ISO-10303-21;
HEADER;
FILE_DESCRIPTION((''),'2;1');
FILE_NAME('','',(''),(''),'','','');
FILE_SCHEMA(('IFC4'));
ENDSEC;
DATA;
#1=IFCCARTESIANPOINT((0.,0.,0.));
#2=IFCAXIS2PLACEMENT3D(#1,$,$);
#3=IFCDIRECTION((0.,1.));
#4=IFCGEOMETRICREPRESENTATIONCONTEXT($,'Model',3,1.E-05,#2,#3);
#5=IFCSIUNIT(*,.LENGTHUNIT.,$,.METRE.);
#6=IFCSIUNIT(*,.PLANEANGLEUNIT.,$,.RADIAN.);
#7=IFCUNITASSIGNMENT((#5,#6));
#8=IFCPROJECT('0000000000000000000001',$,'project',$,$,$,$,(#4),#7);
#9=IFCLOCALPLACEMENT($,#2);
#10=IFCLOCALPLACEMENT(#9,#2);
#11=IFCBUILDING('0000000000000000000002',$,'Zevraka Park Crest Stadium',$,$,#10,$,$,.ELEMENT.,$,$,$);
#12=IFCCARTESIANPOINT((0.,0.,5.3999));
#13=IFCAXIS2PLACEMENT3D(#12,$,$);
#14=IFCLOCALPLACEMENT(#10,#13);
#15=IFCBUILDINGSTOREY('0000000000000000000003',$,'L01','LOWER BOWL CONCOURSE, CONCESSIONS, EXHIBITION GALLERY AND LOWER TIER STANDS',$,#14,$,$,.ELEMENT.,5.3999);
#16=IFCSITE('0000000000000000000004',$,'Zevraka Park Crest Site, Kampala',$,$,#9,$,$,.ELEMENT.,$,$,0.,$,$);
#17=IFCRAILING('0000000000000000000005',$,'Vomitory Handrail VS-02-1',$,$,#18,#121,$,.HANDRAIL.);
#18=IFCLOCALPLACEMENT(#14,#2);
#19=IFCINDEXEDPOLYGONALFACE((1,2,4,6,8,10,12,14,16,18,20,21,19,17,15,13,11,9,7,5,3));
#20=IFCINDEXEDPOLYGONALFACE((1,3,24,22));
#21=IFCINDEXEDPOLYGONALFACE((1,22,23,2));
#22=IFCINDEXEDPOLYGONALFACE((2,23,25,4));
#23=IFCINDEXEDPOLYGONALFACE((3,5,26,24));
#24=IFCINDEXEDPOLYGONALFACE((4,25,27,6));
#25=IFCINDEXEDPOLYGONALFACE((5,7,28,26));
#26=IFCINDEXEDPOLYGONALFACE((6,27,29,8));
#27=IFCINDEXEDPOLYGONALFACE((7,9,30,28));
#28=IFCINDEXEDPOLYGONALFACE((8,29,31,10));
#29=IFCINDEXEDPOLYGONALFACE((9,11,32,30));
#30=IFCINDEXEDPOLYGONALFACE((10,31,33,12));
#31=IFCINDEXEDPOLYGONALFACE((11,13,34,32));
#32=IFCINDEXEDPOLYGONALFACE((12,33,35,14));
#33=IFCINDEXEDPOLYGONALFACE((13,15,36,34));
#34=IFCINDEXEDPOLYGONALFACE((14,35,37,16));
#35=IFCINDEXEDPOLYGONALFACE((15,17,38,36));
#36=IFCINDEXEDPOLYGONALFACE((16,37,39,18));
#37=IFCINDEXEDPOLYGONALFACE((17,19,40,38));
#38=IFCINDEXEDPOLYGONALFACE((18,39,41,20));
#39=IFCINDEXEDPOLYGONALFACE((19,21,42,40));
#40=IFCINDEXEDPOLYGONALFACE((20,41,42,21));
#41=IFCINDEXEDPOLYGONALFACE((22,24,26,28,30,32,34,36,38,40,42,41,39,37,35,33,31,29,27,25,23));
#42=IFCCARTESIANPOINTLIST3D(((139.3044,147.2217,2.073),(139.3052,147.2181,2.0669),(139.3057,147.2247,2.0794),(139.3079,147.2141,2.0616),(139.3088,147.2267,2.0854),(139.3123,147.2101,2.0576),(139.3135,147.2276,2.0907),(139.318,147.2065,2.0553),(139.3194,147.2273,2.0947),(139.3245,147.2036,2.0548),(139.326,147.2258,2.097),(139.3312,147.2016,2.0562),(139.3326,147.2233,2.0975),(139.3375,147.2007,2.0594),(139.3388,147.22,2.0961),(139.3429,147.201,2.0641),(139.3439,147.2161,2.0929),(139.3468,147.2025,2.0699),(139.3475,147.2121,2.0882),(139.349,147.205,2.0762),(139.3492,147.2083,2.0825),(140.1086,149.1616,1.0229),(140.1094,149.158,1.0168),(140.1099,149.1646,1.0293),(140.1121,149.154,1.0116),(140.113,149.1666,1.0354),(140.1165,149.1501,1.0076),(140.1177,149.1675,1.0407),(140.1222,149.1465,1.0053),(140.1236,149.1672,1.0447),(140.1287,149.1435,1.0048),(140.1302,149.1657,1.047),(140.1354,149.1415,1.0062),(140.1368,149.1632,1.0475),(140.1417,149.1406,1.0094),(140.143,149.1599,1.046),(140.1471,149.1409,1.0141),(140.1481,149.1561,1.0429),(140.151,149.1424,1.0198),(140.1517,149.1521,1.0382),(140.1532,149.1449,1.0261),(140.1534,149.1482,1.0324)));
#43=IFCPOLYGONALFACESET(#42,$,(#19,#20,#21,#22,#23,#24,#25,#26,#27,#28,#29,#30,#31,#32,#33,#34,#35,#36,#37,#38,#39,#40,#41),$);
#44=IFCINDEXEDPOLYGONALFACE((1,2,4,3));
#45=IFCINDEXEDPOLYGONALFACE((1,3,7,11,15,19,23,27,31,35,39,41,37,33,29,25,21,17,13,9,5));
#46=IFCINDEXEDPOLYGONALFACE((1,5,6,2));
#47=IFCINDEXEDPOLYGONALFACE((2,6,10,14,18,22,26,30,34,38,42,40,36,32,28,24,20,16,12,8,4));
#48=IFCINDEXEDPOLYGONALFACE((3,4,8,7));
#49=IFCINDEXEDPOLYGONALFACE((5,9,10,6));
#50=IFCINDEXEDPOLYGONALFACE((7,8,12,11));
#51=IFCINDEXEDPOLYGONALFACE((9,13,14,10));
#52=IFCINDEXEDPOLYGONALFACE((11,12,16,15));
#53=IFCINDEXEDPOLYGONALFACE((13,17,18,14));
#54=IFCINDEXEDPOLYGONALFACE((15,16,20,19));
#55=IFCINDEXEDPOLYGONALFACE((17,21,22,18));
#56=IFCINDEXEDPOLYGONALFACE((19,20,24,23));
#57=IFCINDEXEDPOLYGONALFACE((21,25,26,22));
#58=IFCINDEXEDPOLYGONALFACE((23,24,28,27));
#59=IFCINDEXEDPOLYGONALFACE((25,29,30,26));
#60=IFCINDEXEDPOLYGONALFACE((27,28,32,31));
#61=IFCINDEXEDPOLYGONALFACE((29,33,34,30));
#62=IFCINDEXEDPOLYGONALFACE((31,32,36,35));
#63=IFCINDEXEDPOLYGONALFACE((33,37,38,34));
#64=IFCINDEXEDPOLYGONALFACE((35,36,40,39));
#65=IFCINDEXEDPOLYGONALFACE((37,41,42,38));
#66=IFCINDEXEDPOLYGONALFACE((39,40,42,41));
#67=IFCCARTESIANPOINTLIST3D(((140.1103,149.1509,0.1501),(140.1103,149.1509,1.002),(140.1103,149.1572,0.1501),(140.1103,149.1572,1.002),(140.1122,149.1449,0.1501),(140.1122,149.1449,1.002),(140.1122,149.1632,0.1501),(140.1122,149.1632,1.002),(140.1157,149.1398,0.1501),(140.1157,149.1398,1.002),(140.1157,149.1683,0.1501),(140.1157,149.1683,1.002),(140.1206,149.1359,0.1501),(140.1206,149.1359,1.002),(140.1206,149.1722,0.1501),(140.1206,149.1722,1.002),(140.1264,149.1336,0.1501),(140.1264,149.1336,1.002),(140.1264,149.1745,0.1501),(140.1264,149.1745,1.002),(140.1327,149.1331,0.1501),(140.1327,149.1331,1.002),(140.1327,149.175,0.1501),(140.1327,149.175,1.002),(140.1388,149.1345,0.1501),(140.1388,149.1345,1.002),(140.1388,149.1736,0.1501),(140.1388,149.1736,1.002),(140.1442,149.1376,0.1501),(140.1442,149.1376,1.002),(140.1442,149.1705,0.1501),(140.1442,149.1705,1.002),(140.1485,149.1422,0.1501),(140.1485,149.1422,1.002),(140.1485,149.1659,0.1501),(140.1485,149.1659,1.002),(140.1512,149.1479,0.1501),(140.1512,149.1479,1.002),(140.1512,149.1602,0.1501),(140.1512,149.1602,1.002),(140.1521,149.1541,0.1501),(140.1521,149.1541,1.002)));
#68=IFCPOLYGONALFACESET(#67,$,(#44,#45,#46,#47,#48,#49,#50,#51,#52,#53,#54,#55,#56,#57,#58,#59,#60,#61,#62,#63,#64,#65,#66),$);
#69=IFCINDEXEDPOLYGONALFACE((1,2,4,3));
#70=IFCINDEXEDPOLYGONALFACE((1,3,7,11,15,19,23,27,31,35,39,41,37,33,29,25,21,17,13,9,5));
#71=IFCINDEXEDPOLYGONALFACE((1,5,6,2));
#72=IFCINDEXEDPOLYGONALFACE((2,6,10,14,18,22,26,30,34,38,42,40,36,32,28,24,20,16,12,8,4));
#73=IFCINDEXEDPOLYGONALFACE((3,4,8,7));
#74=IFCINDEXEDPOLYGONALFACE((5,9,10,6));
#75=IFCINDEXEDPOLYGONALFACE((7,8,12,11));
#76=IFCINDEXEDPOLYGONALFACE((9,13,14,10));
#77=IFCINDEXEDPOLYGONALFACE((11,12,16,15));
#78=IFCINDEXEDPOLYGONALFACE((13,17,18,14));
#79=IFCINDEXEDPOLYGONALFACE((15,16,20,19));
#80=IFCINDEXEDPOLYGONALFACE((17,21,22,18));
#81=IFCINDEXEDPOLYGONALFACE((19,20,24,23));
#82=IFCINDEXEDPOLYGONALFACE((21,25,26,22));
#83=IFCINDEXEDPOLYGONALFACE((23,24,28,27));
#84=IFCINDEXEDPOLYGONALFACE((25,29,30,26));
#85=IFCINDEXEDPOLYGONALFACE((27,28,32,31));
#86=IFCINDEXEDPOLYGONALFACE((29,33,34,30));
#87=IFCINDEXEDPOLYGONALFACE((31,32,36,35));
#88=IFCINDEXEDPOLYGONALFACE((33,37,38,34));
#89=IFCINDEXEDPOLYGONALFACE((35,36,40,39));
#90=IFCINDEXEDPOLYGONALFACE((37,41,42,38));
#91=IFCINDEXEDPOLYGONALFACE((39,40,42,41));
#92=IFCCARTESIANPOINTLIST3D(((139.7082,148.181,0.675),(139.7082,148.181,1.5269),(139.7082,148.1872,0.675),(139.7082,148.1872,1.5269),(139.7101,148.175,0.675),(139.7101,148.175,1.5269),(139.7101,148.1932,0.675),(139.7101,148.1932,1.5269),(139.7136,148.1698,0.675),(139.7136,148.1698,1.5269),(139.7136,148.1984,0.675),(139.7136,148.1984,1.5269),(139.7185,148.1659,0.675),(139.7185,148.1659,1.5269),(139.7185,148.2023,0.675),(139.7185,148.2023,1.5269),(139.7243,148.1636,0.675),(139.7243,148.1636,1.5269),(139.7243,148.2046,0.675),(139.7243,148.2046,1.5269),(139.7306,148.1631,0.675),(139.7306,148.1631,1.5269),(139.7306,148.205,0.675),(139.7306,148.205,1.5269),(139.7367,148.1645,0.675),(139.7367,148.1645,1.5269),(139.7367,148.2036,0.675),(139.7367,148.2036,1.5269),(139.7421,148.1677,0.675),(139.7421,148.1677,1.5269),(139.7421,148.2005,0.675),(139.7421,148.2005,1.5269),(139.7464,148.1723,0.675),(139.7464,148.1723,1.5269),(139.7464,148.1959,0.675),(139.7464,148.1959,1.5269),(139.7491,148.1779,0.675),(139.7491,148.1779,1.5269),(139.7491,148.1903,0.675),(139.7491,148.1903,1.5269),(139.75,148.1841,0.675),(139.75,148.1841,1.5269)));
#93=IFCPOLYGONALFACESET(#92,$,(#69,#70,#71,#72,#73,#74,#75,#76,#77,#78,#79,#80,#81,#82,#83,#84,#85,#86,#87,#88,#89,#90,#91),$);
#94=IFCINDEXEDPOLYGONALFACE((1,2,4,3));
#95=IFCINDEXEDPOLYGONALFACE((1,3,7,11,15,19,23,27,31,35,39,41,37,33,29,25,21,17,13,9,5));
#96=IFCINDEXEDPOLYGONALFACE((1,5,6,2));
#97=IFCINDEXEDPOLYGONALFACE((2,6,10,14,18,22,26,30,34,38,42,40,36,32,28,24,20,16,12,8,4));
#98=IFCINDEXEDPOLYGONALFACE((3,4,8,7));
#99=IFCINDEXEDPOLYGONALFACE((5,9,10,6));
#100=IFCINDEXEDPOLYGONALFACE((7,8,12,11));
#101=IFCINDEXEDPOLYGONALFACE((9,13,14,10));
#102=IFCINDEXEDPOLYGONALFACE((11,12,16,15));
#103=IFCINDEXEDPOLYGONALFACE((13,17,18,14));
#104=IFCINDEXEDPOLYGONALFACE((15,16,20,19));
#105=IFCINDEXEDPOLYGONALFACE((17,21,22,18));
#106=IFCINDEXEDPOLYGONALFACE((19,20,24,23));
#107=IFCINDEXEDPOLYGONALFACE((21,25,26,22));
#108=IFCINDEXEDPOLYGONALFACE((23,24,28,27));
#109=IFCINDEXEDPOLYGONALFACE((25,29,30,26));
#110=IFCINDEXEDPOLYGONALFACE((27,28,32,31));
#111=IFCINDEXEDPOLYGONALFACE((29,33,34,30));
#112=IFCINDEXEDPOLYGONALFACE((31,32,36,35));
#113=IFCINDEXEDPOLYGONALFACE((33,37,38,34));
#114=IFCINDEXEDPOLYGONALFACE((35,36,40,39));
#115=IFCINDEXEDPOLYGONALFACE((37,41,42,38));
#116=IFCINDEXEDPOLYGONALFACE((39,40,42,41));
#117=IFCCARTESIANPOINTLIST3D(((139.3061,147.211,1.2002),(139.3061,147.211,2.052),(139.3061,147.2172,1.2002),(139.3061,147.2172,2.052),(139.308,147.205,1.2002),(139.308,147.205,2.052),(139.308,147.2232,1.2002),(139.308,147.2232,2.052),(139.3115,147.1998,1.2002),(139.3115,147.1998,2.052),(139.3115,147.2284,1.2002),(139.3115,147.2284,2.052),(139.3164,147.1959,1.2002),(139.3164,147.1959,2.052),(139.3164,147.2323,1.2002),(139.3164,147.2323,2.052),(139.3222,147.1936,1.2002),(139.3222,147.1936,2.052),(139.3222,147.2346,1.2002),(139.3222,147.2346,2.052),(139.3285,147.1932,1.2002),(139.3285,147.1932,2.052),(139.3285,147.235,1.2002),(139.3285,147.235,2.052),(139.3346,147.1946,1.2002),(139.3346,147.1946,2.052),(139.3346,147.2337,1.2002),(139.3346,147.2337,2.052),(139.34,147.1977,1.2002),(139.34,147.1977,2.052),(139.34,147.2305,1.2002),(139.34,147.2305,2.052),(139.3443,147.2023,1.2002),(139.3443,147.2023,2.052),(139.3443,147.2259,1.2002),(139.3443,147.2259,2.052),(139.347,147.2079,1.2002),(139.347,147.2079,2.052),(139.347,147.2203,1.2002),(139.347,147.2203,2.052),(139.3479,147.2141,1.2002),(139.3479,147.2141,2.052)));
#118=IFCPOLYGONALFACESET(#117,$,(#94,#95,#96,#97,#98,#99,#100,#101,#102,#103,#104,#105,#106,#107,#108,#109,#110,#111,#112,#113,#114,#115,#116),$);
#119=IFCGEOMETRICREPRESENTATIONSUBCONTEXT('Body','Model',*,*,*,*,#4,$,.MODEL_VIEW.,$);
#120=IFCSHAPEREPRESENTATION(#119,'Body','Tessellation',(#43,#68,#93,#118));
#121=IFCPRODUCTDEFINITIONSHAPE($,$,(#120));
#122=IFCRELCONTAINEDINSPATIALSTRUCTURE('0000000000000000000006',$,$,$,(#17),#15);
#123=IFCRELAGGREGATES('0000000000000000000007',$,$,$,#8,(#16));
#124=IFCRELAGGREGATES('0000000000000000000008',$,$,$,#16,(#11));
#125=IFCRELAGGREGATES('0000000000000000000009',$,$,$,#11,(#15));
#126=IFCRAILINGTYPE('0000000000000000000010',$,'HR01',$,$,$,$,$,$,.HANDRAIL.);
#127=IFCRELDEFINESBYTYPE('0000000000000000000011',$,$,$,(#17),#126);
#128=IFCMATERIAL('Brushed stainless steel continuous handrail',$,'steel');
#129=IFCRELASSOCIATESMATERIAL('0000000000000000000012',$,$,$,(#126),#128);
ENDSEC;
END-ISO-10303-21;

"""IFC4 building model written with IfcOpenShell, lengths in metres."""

from ifc_helpers import new_model, si_unit, direction, frame, origin, origin_2d, place, context, subcontext, project, spatial, circle, extrude, material, type_object, element, save


model = new_model("IFC4")

# Units and contexts
model_context = context("Model", 3, precision=1e-05, world=origin(), true_north=direction((0.0, 1.0)))
body_context = subcontext(model_context, "Body", "Model", "MODEL_VIEW")
ifc_project = project(units=[si_unit("LENGTHUNIT", "METRE"), si_unit("PLANEANGLEUNIT", "RADIAN")], contexts=[model_context])

# Site, building, storey
site_placement = place(None, origin())
site = spatial("IfcSite", under=ifc_project, at=site_placement, Name="Zevraka Park Crest Site, Kampala", CompositionType="ELEMENT", RefElevation=0.0)
building_placement = place(site_placement, origin())
building = spatial("IfcBuilding", under=site, at=building_placement, Name="Zevraka Park Crest Stadium", CompositionType="ELEMENT")
storey_placement = place(building_placement, frame((0.0, 0.0, 5.3999)))
storey = spatial("IfcBuildingStorey", under=building, at=storey_placement, Name="L01", Description="LOWER BOWL CONCOURSE, CONCESSIONS, EXHIBITION GALLERY AND LOWER TIER STANDS", CompositionType="ELEMENT", Elevation=5.3999)

# Railing
ifc_material_1 = material(Name="Brushed stainless steel continuous handrail", Category="steel")
railing_type_1 = type_object("IfcRailingType", Name="HR01", PredefinedType="HANDRAIL", material=ifc_material_1)
railing_1_placement = place(storey_placement, frame((140.1311, 149.1541, 0.1501)))
element("IfcRailing", 1, at=railing_1_placement, inside=storey, type_object=railing_type_1, Name="Vomitory Handrail VS-02-1", PredefinedType="HANDRAIL", context=body_context, shape_type="SweptSolid", body=[
    extrude(circle(Radius=0.0239, at=origin_2d()), frame((0.0, 0.0, 0.876), z_axis=(-0.342516, -0.82624, 0.447226), x_axis=(0.92377, -0.382947, 0.0)), (0.0, 0.0, 1.0), 2.3479),
    extrude(circle(Radius=0.021, at=origin_2d()), origin(), (0.0, 0.0, 1.0), 0.8518),
    extrude(circle(Radius=0.021, at=origin_2d()), frame((-0.4021, -0.97, 0.5249)), (0.0, 0.0, 1.0), 0.8518),
    extrude(circle(Radius=0.021, at=origin_2d()), frame((-0.8042, -1.9399, 1.05)), (0.0, 0.0, 1.0), 0.8518),
])

save(model, "model.ifc")
